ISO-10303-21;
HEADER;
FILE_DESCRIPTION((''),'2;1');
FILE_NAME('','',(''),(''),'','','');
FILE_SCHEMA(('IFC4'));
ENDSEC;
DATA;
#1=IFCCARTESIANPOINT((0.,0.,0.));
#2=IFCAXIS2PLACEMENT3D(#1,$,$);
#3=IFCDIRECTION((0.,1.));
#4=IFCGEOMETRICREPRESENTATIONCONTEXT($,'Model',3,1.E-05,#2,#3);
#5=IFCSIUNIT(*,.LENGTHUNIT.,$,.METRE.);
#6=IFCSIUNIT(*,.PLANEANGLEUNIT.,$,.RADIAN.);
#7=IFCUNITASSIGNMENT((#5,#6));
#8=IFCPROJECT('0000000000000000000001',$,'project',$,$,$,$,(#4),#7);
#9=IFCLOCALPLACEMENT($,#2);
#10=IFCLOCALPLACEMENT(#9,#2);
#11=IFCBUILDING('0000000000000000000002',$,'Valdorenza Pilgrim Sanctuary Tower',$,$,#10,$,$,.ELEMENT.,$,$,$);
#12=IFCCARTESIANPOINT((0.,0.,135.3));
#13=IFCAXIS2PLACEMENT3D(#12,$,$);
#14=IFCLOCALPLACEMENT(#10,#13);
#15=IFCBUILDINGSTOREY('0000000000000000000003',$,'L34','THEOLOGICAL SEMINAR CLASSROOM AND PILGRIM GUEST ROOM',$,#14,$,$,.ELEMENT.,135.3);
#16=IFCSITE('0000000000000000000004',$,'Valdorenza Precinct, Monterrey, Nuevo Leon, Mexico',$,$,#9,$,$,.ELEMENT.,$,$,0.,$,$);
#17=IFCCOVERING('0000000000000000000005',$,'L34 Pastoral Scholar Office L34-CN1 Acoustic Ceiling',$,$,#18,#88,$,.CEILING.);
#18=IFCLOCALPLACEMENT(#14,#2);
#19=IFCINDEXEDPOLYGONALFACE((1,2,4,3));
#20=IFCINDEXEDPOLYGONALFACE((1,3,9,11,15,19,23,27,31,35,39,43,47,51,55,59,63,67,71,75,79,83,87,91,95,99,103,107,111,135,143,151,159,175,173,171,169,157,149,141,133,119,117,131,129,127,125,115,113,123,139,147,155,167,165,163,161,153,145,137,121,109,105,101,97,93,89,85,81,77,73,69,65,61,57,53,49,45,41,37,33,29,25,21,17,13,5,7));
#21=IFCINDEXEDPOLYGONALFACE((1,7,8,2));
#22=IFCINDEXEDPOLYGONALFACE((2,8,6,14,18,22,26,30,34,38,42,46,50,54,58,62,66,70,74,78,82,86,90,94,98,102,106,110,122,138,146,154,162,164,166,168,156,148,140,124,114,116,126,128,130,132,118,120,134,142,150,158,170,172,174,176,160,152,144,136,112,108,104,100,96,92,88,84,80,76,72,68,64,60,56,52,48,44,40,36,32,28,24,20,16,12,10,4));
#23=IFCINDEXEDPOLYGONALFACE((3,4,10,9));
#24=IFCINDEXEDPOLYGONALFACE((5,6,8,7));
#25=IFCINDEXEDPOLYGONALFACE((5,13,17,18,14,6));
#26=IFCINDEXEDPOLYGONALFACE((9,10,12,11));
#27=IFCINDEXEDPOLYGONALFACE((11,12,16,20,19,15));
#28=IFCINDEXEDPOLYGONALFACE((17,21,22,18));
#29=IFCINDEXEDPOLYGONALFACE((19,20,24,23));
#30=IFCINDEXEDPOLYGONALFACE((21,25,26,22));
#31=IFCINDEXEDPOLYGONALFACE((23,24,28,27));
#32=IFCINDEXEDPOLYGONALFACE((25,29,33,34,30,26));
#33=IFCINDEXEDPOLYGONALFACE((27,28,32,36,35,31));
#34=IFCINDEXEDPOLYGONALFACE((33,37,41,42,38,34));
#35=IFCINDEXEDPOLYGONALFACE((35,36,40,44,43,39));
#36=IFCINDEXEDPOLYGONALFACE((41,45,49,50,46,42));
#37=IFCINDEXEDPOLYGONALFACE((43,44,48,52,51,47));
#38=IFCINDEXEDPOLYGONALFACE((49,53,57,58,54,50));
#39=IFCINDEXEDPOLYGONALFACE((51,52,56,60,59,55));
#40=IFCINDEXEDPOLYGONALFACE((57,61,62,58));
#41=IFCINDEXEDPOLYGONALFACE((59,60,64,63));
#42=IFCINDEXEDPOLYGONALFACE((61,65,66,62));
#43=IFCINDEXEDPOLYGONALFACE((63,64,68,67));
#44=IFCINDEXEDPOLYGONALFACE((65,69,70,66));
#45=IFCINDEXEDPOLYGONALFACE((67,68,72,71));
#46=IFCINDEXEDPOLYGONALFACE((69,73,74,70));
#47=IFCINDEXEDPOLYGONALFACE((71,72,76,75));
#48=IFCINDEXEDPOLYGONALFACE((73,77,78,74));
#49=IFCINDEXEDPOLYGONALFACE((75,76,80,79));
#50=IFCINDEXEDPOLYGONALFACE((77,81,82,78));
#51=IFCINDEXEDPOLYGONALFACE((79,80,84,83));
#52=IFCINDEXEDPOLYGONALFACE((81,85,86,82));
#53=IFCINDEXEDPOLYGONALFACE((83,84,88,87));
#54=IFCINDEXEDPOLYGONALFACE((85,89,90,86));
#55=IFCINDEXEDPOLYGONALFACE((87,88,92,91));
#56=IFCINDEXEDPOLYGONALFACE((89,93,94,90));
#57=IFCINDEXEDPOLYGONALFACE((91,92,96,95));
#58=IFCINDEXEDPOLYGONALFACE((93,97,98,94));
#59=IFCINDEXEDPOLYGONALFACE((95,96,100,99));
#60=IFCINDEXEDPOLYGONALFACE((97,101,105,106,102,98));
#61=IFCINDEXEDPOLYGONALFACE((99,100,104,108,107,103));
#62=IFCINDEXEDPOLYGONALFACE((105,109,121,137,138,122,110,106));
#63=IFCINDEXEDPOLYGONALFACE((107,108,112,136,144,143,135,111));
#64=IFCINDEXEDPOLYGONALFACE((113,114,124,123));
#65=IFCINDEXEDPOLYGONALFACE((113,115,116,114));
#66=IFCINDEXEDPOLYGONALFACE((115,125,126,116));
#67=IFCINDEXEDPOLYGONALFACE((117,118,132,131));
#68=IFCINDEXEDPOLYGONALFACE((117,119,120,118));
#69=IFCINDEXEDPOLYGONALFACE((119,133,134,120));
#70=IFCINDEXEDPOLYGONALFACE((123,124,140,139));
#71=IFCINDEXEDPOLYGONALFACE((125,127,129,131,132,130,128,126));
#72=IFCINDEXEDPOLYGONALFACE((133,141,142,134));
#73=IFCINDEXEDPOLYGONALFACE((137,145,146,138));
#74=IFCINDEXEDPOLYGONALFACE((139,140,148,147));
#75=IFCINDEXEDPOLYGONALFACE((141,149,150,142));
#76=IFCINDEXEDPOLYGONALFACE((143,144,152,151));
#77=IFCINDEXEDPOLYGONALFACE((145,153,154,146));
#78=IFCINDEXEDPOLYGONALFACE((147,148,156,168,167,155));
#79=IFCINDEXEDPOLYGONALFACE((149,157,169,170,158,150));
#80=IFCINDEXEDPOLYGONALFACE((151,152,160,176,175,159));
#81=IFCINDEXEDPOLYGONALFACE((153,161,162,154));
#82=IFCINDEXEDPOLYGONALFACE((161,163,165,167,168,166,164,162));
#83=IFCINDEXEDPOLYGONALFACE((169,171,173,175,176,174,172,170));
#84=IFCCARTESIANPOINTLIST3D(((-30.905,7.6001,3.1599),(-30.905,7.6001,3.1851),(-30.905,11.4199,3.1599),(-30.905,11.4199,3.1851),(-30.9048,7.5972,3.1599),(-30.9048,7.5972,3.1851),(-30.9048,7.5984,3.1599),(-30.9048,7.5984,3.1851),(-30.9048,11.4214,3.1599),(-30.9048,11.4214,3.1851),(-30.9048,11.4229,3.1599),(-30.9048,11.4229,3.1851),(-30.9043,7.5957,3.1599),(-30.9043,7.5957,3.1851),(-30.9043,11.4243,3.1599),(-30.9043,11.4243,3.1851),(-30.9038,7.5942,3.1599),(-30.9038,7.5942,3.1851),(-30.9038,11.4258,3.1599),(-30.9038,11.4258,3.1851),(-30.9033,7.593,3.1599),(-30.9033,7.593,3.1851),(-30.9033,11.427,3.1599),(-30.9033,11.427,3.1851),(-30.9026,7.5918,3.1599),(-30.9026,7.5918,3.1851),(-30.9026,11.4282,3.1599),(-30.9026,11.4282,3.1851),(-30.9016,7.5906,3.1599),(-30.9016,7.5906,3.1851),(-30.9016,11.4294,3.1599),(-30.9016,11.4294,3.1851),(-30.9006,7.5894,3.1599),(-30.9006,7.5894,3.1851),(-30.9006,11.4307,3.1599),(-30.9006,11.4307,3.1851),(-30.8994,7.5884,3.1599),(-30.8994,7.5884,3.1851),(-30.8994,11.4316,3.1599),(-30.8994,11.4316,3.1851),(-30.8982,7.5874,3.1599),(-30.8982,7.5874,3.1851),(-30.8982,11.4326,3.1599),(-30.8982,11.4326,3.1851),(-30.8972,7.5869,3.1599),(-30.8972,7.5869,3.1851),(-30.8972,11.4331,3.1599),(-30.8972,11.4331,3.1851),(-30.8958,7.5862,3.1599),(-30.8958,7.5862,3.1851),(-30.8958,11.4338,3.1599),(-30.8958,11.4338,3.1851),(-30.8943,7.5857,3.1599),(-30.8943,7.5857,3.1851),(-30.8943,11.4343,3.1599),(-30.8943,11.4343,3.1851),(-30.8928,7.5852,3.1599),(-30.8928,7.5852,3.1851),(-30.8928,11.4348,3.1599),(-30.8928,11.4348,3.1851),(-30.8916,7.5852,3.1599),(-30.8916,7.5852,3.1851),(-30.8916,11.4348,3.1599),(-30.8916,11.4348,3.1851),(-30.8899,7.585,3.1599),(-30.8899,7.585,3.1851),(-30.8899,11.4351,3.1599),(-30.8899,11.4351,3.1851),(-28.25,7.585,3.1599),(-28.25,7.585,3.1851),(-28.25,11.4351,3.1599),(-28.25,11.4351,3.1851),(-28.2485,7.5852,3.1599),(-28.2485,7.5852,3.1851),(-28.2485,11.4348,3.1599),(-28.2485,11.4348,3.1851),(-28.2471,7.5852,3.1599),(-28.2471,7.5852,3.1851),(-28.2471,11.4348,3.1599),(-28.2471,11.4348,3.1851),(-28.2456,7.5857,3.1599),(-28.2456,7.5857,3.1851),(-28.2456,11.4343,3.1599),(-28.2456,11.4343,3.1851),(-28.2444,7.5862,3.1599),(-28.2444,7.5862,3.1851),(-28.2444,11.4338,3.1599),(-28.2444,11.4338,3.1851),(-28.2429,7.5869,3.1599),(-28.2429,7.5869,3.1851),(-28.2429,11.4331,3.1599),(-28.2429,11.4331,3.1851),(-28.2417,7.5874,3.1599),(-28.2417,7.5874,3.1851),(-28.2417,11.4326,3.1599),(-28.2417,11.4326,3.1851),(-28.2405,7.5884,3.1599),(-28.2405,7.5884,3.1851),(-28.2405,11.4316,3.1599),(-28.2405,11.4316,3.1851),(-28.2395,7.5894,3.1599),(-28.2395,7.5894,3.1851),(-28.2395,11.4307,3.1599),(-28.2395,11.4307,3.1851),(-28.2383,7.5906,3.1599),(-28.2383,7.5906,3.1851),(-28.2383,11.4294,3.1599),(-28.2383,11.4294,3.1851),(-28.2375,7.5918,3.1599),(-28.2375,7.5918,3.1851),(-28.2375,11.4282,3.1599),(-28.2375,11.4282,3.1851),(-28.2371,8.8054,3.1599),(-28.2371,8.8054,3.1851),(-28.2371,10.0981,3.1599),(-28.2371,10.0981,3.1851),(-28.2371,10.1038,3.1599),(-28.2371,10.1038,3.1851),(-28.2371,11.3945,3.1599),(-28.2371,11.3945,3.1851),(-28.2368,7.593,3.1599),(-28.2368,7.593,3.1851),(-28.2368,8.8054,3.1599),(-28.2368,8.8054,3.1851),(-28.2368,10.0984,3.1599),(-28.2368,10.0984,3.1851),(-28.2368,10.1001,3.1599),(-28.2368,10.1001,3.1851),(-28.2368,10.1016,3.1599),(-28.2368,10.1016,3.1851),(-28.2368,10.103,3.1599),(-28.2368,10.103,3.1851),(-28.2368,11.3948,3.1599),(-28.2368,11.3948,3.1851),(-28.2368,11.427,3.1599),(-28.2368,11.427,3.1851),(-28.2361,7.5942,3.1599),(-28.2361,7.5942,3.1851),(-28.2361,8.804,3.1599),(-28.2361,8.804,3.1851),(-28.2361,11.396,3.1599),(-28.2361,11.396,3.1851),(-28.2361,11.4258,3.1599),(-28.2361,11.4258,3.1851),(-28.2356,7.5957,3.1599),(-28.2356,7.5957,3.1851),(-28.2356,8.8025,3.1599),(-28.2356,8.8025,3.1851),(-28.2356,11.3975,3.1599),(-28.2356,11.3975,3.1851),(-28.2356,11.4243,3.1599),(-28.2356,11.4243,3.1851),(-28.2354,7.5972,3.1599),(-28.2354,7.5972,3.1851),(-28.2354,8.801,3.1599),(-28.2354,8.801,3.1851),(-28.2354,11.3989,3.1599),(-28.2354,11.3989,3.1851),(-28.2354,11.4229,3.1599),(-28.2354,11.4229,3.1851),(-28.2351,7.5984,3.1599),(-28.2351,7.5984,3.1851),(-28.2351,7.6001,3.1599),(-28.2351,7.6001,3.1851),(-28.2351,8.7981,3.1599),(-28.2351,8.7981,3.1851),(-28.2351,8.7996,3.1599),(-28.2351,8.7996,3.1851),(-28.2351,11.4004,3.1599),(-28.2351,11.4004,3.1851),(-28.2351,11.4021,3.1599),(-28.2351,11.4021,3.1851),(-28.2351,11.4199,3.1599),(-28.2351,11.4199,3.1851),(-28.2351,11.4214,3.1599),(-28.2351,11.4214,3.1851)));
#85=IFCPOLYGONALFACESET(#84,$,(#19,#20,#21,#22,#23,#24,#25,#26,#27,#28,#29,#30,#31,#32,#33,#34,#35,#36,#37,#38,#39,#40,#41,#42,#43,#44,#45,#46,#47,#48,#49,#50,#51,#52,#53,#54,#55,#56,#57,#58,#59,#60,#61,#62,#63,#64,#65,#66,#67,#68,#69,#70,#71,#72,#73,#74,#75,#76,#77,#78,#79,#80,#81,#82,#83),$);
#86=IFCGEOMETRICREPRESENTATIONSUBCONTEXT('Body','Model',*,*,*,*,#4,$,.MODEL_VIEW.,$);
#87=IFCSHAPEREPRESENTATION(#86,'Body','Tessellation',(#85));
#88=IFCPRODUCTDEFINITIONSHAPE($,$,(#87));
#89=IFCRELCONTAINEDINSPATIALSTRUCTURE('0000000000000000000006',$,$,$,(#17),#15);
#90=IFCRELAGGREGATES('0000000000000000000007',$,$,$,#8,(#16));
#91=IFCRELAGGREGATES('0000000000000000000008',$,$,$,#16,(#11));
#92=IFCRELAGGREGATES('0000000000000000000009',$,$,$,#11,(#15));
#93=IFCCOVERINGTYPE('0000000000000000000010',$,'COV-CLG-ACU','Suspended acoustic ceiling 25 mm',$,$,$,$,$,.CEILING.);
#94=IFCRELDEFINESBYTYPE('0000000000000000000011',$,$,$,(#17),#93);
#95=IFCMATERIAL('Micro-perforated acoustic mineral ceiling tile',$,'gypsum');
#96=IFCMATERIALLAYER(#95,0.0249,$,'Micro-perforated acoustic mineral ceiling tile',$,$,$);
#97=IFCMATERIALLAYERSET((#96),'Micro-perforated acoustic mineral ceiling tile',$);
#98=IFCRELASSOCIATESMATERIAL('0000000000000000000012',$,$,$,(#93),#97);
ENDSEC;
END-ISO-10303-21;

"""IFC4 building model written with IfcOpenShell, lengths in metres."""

from ifc_helpers import new_model, si_unit, direction, frame, origin, place, context, subcontext, project, spatial, polyline, outline, extrude, material, layer, layer_set, type_object, element, save


model = new_model("IFC4")

# Units and contexts
model_context = context("Model", 3, precision=1e-05, world=origin(), true_north=direction((0.0, 1.0)))
body_context = subcontext(model_context, "Body", "Model", "MODEL_VIEW")
ifc_project = project(units=[si_unit("LENGTHUNIT", "METRE"), si_unit("PLANEANGLEUNIT", "RADIAN")], contexts=[model_context])

# Site, building, storey
site_placement = place(None, origin())
site = spatial("IfcSite", under=ifc_project, at=site_placement, Name="Valdorenza Precinct, Monterrey, Nuevo Leon, Mexico", CompositionType="ELEMENT", RefElevation=0.0)
building_placement = place(site_placement, origin())
building = spatial("IfcBuilding", under=site, at=building_placement, Name="Valdorenza Pilgrim Sanctuary Tower", CompositionType="ELEMENT")
storey_placement = place(building_placement, frame((0.0, 0.0, 135.3)))
storey = spatial("IfcBuildingStorey", under=building, at=storey_placement, Name="L34", Description="THEOLOGICAL SEMINAR CLASSROOM AND PILGRIM GUEST ROOM", CompositionType="ELEMENT", Elevation=135.3)

# Covering
ifc_material_1 = material(Name="Micro-perforated acoustic mineral ceiling tile", Category="gypsum")
ifc_layer_1 = layer(ifc_material_1, 0.0249, Name="Micro-perforated acoustic mineral ceiling tile")
ifc_layer_set_1 = layer_set([ifc_layer_1], Name="Micro-perforated acoustic mineral ceiling tile")
covering_type_1 = type_object("IfcCoveringType", Name="COV-CLG-ACU", Description="Suspended acoustic ceiling 25 mm", PredefinedType="CEILING", material=ifc_layer_set_1)
covering_1_placement = place(storey_placement, frame((0.0, 0.0, 3.1599)))
element("IfcCovering", 1, at=covering_1_placement, inside=storey, type_object=covering_type_1, Name="L34 Pastoral Scholar Office L34-CN1 Acoustic Ceiling", PredefinedType="CEILING", context=body_context, shape_type="SweptSolid", body=[
    extrude(outline(polyline([(-28.2371, 8.8054), (-28.2368, 8.8054), (-28.2361, 8.804), (-28.2356, 8.8025), (-28.2354, 8.801), (-28.2351, 8.7996), (-28.2351, 8.7981), (-28.2351, 7.6001), (-28.2351, 7.5984), (-28.2354, 7.5972), (-28.2356, 7.5957), (-28.2361, 7.5942), (-28.2368, 7.593), (-28.2375, 7.5918), (-28.2383, 7.5906), (-28.2395, 7.5894), (-28.2405, 7.5884), (-28.2417, 7.5874), (-28.2429, 7.5869), (-28.2444, 7.5862), (-28.2456, 7.5857), (-28.2471, 7.5852), (-28.2485, 7.5852), (-28.25, 7.585), (-30.8899, 7.585), (-30.8916, 7.5852), (-30.8928, 7.5852), (-30.8943, 7.5857), (-30.8958, 7.5862), (-30.8972, 7.5869), (-30.8982, 7.5874), (-30.8994, 7.5884), (-30.9006, 7.5894), (-30.9016, 7.5906), (-30.9026, 7.5918), (-30.9033, 7.593), (-30.9038, 7.5942), (-30.9043, 7.5957), (-30.9048, 7.5972), (-30.9048, 7.5984), (-30.905, 7.6001), (-30.905, 11.4199), (-30.9048, 11.4214), (-30.9048, 11.4229), (-30.9043, 11.4243), (-30.9038, 11.4258), (-30.9033, 11.427), (-30.9026, 11.4282), (-30.9016, 11.4294), (-30.9006, 11.4307), (-30.8994, 11.4316), (-30.8982, 11.4326), (-30.8972, 11.4331), (-30.8958, 11.4338), (-30.8943, 11.4343), (-30.8928, 11.4348), (-30.8916, 11.4348), (-30.8899, 11.4351), (-28.25, 11.4351), (-28.2485, 11.4348), (-28.2471, 11.4348), (-28.2456, 11.4343), (-28.2444, 11.4338), (-28.2429, 11.4331), (-28.2417, 11.4326), (-28.2405, 11.4316), (-28.2395, 11.4307), (-28.2383, 11.4294), (-28.2375, 11.4282), (-28.2368, 11.427), (-28.2361, 11.4258), (-28.2356, 11.4243), (-28.2354, 11.4229), (-28.2351, 11.4214), (-28.2351, 11.4199), (-28.2351, 11.4021), (-28.2351, 11.4004), (-28.2354, 11.3989), (-28.2356, 11.3975), (-28.2361, 11.396), (-28.2368, 11.3948), (-28.2371, 11.3945), (-28.2371, 10.1038), (-28.2368, 10.103), (-28.2368, 10.1016), (-28.2368, 10.1001), (-28.2368, 10.0984), (-28.2371, 10.0981), (-28.2371, 8.8054)])), origin(), (0.0, 0.0, 1.0), 0.0251),
])

save(model, "model.ifc")
